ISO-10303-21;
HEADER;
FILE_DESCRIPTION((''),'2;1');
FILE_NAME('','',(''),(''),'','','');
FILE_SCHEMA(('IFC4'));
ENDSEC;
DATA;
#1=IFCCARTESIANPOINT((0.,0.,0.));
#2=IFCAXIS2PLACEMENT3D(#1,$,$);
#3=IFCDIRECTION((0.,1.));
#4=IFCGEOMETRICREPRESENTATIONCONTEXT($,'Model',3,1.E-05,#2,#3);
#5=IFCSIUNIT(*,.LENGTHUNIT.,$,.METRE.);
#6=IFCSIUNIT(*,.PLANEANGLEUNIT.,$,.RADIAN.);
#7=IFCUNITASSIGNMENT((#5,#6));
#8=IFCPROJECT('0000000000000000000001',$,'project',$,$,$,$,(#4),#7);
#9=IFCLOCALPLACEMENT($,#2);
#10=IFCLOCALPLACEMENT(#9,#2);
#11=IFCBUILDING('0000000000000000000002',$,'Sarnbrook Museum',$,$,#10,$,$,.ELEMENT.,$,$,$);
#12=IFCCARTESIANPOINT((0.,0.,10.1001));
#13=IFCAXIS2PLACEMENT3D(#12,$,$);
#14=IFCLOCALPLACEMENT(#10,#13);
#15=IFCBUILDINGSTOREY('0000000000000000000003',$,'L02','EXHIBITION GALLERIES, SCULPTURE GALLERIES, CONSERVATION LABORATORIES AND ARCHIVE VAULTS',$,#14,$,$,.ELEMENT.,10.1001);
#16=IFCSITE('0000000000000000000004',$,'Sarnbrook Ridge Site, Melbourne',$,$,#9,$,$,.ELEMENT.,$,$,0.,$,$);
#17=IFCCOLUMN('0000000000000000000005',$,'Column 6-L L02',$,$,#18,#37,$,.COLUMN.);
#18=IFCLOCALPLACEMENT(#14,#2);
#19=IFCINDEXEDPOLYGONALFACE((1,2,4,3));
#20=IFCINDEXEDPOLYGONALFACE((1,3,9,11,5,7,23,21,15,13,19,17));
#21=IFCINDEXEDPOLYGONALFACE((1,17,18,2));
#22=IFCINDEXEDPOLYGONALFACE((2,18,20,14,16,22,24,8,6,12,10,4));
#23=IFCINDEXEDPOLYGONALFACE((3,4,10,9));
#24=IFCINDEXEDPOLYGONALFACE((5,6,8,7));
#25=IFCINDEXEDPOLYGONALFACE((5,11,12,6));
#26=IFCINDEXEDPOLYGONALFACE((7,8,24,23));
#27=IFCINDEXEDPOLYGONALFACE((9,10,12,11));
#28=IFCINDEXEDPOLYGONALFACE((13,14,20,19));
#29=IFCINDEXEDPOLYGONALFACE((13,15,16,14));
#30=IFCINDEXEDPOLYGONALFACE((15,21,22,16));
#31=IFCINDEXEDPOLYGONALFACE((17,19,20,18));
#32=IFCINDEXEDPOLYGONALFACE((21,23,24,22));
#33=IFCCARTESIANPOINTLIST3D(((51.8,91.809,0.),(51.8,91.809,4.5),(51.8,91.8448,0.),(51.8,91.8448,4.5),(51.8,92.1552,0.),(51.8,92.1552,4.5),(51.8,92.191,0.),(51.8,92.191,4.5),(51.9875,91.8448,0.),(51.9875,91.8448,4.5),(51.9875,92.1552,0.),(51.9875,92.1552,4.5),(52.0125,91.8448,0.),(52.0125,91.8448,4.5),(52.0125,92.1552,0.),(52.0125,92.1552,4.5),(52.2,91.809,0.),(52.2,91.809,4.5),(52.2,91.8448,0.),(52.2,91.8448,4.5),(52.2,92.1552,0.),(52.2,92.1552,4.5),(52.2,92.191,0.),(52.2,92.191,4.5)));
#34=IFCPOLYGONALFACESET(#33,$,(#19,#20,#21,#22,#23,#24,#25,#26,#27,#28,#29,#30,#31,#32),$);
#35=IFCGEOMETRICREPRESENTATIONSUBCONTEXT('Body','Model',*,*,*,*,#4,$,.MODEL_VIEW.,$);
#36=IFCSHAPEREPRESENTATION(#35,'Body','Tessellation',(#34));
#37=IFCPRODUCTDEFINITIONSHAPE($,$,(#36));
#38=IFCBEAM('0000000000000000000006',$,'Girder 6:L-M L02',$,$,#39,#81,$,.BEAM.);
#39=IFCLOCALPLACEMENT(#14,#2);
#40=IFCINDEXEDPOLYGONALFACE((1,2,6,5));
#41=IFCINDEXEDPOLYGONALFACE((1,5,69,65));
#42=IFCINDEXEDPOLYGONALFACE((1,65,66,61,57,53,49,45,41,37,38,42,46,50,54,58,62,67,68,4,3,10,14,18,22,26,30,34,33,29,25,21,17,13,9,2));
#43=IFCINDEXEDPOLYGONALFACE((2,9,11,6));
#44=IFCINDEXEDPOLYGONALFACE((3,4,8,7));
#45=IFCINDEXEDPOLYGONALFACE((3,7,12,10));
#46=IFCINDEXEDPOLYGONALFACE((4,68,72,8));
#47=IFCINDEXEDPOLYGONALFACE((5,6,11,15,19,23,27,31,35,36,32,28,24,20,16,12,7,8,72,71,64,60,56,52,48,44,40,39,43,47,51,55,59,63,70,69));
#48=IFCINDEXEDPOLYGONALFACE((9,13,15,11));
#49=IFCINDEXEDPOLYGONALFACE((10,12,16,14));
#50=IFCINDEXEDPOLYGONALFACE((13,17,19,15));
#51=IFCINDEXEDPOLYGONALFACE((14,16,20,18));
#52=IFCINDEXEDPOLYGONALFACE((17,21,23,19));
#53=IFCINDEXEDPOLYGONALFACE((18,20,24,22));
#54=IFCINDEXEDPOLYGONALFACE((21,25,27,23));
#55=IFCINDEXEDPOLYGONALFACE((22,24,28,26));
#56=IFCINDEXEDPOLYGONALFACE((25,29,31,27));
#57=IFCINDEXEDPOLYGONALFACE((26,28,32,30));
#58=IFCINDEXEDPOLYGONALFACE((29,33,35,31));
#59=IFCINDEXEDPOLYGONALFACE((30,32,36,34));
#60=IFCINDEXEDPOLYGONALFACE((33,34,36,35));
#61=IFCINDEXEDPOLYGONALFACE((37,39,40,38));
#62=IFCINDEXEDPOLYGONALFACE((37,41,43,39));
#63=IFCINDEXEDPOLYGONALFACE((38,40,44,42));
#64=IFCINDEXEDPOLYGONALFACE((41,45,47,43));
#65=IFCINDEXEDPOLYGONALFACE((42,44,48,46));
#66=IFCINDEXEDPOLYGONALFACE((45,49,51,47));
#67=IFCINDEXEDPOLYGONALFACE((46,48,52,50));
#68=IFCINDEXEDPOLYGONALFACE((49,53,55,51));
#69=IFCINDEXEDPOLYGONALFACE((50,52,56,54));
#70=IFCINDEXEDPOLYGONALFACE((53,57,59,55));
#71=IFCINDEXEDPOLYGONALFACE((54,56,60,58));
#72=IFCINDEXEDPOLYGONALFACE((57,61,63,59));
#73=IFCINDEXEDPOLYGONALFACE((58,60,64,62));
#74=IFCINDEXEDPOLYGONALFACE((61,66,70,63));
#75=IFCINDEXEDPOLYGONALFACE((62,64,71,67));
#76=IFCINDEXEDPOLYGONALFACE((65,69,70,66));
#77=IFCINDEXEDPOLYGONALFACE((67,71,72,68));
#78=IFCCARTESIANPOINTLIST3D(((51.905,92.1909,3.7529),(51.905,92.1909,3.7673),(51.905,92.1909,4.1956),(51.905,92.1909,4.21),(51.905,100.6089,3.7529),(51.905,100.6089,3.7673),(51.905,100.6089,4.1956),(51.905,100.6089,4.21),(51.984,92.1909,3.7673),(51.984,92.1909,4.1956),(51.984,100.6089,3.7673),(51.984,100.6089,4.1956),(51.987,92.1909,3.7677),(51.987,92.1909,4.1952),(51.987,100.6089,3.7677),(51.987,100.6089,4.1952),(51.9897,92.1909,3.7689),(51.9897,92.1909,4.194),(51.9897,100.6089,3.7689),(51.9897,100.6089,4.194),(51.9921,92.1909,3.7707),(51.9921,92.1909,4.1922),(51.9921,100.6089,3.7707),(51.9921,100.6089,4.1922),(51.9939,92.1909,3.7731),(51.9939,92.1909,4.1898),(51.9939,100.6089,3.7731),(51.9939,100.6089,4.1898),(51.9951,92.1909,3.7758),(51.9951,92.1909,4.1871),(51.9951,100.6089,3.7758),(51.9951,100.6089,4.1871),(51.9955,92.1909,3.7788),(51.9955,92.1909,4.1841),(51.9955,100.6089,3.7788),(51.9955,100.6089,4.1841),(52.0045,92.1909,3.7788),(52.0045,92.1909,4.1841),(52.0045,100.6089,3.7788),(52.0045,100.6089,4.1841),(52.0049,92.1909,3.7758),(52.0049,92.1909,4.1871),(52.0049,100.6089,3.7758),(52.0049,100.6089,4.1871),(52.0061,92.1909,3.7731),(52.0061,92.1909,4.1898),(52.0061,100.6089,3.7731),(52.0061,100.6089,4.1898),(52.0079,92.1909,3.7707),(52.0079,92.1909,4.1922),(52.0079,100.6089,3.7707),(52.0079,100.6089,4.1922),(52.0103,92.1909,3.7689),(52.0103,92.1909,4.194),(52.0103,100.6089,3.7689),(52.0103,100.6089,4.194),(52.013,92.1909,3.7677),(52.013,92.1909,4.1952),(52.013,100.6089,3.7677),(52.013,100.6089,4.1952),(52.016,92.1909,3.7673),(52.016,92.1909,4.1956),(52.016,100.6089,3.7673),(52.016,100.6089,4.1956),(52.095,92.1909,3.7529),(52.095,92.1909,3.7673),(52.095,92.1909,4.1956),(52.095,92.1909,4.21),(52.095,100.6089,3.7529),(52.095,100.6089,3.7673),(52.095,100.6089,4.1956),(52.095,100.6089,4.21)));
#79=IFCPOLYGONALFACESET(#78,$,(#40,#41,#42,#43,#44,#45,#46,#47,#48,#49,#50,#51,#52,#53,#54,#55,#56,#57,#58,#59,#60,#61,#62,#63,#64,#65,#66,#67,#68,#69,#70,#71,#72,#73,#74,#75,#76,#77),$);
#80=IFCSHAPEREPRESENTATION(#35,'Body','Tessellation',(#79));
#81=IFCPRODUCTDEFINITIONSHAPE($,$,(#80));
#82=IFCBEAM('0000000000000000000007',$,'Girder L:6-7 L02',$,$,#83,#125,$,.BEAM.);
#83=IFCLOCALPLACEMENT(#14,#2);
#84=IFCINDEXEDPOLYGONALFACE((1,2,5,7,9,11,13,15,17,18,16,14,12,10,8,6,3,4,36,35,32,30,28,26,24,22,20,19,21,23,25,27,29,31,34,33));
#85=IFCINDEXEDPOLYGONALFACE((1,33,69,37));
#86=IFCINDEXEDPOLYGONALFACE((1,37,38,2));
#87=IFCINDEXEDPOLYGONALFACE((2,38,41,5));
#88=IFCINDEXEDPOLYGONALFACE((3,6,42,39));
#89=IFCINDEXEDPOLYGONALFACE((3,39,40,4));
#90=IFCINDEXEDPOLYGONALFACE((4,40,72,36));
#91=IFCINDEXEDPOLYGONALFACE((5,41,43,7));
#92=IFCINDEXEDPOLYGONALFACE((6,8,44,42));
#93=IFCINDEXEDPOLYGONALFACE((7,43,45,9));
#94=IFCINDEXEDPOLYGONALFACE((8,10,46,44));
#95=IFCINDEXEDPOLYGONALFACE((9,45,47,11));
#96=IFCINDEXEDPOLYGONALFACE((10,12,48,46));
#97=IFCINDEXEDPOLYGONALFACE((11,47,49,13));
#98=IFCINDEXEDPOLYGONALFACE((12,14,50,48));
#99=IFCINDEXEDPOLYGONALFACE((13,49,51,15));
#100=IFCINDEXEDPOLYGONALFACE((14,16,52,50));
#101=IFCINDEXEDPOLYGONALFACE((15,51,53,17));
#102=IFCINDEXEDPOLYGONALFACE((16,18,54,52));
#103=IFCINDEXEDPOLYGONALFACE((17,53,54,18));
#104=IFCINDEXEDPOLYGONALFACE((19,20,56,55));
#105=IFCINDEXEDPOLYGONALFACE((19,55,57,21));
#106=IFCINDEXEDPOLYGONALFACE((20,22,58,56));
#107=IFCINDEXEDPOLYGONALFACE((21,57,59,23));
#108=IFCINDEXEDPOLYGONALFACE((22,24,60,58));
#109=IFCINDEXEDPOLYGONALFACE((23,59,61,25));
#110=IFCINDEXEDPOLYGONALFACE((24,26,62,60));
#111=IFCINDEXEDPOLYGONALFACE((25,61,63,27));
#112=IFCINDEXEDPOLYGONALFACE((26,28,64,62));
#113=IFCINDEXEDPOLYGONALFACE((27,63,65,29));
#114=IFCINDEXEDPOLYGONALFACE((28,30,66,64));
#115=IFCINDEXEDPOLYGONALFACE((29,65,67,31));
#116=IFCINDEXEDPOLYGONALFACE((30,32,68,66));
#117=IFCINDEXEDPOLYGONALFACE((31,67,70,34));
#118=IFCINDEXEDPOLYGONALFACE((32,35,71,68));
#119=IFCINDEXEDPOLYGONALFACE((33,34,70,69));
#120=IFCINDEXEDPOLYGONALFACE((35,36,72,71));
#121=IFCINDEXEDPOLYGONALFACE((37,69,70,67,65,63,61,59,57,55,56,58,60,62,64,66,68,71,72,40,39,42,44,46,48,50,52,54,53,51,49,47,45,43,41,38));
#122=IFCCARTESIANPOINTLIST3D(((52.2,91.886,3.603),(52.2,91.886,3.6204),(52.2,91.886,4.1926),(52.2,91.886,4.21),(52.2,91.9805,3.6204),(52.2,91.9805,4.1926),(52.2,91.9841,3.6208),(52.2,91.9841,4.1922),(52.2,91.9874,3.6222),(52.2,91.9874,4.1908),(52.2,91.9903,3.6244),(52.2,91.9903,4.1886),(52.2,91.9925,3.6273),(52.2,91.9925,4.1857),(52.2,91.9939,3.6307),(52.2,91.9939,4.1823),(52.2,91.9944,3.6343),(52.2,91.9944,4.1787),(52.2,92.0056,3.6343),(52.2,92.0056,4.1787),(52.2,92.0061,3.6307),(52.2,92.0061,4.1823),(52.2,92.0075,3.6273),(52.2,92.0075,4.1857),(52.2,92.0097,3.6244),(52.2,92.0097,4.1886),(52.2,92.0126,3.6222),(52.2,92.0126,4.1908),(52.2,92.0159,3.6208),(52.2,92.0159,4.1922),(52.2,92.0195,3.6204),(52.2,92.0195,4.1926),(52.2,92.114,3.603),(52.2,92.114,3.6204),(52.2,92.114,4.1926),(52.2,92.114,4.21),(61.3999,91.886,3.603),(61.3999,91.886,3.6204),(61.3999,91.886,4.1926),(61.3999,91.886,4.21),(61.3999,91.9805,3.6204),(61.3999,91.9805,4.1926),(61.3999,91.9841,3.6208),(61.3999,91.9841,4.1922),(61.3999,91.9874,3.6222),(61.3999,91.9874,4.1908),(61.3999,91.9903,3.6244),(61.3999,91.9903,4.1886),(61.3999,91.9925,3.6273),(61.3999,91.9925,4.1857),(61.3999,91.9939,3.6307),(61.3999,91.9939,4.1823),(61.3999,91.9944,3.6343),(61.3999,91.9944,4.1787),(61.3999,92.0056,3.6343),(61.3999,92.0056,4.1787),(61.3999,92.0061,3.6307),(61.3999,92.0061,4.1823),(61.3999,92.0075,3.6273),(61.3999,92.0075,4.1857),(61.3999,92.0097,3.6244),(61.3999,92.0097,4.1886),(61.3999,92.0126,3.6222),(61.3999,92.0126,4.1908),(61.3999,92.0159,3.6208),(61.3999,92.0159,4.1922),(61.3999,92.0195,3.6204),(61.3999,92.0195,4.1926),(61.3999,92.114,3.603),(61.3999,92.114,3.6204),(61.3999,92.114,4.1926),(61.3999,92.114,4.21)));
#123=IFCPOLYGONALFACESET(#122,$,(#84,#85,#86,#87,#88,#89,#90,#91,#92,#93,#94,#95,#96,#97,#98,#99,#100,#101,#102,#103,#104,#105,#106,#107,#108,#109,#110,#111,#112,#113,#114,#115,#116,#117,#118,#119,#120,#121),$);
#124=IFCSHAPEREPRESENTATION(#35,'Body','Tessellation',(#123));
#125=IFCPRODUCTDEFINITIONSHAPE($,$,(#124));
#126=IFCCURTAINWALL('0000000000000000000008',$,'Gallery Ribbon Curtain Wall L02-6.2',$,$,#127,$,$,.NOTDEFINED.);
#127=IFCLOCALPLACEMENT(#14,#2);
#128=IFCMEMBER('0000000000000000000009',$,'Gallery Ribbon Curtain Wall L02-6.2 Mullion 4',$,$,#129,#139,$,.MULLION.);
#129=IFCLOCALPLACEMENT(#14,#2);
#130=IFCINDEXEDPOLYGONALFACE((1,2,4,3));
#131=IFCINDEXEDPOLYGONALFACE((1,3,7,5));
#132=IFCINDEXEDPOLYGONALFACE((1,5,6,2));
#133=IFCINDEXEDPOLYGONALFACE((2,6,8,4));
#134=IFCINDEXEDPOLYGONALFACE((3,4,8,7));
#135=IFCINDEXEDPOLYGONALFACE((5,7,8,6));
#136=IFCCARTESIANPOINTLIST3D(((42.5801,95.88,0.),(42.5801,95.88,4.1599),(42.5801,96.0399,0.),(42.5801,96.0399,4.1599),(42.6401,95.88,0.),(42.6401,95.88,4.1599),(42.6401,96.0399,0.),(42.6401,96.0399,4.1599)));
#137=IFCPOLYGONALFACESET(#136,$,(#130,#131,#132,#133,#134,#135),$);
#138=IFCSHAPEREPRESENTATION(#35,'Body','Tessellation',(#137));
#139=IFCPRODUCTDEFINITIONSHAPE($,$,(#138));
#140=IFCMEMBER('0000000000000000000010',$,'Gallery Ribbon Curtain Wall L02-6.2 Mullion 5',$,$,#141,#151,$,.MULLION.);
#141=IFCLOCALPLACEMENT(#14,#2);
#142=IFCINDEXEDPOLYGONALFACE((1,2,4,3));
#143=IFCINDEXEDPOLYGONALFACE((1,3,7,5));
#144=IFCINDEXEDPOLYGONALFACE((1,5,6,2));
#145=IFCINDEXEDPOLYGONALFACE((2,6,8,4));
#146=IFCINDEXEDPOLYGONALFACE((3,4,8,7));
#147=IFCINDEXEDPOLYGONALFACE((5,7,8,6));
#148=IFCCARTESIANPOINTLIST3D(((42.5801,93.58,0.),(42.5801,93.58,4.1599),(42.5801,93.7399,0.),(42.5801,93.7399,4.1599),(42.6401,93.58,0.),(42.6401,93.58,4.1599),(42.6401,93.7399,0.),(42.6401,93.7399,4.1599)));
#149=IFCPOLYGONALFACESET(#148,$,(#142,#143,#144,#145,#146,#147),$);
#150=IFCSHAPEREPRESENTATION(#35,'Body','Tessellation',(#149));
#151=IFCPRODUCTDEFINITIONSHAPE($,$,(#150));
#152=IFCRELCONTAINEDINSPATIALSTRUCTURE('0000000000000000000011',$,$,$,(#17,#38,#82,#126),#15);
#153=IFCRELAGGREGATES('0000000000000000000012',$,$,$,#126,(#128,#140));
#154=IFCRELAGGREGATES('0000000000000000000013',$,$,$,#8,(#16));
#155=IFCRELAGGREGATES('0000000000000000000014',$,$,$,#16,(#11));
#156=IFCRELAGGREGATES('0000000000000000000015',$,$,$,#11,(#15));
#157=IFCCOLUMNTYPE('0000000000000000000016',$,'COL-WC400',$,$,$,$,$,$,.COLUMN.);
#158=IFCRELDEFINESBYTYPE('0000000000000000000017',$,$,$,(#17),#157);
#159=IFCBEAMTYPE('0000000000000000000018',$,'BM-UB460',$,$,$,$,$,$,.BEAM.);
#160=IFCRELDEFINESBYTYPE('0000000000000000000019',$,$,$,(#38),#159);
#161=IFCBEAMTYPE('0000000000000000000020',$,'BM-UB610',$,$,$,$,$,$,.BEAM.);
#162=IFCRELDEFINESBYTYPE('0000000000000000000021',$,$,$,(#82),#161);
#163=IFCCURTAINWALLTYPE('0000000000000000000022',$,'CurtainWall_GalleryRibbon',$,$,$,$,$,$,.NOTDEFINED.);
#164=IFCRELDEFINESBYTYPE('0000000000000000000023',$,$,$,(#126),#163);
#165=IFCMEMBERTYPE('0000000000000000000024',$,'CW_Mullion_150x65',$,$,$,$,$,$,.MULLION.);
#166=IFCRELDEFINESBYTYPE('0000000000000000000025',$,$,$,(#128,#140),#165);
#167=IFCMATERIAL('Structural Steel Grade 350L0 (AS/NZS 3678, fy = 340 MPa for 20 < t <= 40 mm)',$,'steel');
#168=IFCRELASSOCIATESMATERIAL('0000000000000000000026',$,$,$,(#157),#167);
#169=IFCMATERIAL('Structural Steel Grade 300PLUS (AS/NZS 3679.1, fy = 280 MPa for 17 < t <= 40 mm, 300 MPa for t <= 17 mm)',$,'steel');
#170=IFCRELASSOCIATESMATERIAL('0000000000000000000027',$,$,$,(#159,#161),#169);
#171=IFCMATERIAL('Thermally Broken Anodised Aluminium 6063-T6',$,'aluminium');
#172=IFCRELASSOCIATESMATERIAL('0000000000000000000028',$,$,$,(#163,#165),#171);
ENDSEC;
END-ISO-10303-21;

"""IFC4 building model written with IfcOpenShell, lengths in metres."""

from ifc_helpers import new_model, si_unit, direction, frame, origin, origin_2d, place, context, subcontext, project, spatial, rectangle, i_section, extrude, material, material_profile, profile_set, type_object, element, aggregate, save


model = new_model("IFC4")

# Units and contexts
model_context = context("Model", 3, precision=1e-05, world=origin(), true_north=direction((0.0, 1.0)))
body_context = subcontext(model_context, "Body", "Model", "MODEL_VIEW")
ifc_project = project(units=[si_unit("LENGTHUNIT", "METRE"), si_unit("PLANEANGLEUNIT", "RADIAN")], contexts=[model_context])

# Site, building, storey
site_placement = place(None, origin())
site = spatial("IfcSite", under=ifc_project, at=site_placement, Name="Sarnbrook Ridge Site, Melbourne", CompositionType="ELEMENT", RefElevation=0.0)
building_placement = place(site_placement, origin())
building = spatial("IfcBuilding", under=site, at=building_placement, Name="Sarnbrook Museum", CompositionType="ELEMENT")
storey_placement = place(building_placement, frame((0.0, 0.0, 10.1001)))
storey = spatial("IfcBuildingStorey", under=building, at=storey_placement, Name="L02", Description="EXHIBITION GALLERIES, SCULPTURE GALLERIES, CONSERVATION LABORATORIES AND ARCHIVE VAULTS", CompositionType="ELEMENT", Elevation=10.1001)

# Column
ifc_material_1 = material(Name="Structural Steel Grade 350L0 (AS/NZS 3678, fy = 340 MPa for 20 < t <= 40 mm)", Category="steel")
ifc_material_profile_1 = material_profile(ifc_material_1, i_section(OverallWidth=0.3999, OverallDepth=0.3821, WebThickness=0.0249, FlangeThickness=0.0359, at=origin_2d()), Name="400WC270")
ifc_profile_set_1 = profile_set([ifc_material_profile_1], Name="Structural Steel Grade 350L0 (AS/NZS 3678, fy = 340 MPa for 20 < t <= 40 mm)")
column_type = type_object("IfcColumnType", Name="COL-WC400", PredefinedType="COLUMN", material=ifc_profile_set_1)
column_placement = place(storey_placement, frame((52.0, 92.0, 0.0), z_axis=(0.0, 0.0, 1.0), x_axis=(1.0, 0.0, 0.0)))
element("IfcColumn", 1, at=column_placement, inside=storey, type_object=column_type, Name="Column 6-L L02", PredefinedType="COLUMN", context=body_context, shape_type="SweptSolid", body=[
    extrude(i_section(OverallWidth=0.3999, OverallDepth=0.3821, WebThickness=0.0249, FlangeThickness=0.0359, at=origin_2d()), origin(), (0.0, 0.0, 1.0), 4.5),
])

# Beams
ifc_material_2 = material(Name="Structural Steel Grade 300PLUS (AS/NZS 3679.1, fy = 280 MPa for 17 < t <= 40 mm, 300 MPa for t <= 17 mm)", Category="steel")
ifc_material_profile_2 = material_profile(ifc_material_2, i_section(OverallWidth=0.1899, OverallDepth=0.457, WebThickness=0.009, FlangeThickness=0.0144, FilletRadius=0.0115, at=origin_2d()), Name="460UB74.6")
ifc_profile_set_2 = profile_set([ifc_material_profile_2], Name="Structural Steel Grade 300PLUS (AS/NZS 3679.1, fy = 280 MPa for 17 < t <= 40 mm, 300 MPa for t <= 17 mm)")
beam_type_1 = type_object("IfcBeamType", Name="BM-UB460", PredefinedType="BEAM", material=ifc_profile_set_2)
beam_1_placement = place(storey_placement, frame((52.0, 92.1909, 3.9814), z_axis=(0.0, 1.0, 0.0), x_axis=(-1.0, 0.0, 0.0)))
element("IfcBeam", 2, at=beam_1_placement, inside=storey, type_object=beam_type_1, Name="Girder 6:L-M L02", PredefinedType="BEAM", context=body_context, shape_type="SweptSolid", body=[
    extrude(i_section(OverallWidth=0.1899, OverallDepth=0.457, WebThickness=0.009, FlangeThickness=0.0144, FilletRadius=0.0115, at=origin_2d()), origin(), (0.0, 0.0, 1.0), 8.418),
])
ifc_material_profile_3 = material_profile(ifc_material_2, i_section(OverallWidth=0.228, OverallDepth=0.6069, WebThickness=0.0112, FlangeThickness=0.0173, FilletRadius=0.0139, at=origin_2d()), Name="610UB113")
ifc_profile_set_3 = profile_set([ifc_material_profile_3], Name="Structural Steel Grade 300PLUS (AS/NZS 3679.1, fy = 280 MPa for 17 < t <= 40 mm, 300 MPa for t <= 17 mm)")
beam_type_2 = type_object("IfcBeamType", Name="BM-UB610", PredefinedType="BEAM", material=ifc_profile_set_3)
beam_2_placement = place(storey_placement, frame((52.2, 92.0, 3.9065), z_axis=(1.0, 0.0, 0.0), x_axis=(0.0, 1.0, 0.0)))
element("IfcBeam", 3, at=beam_2_placement, inside=storey, type_object=beam_type_2, Name="Girder L:6-7 L02", PredefinedType="BEAM", context=body_context, shape_type="SweptSolid", body=[
    extrude(i_section(OverallWidth=0.228, OverallDepth=0.6069, WebThickness=0.0112, FlangeThickness=0.0173, FilletRadius=0.0139, at=origin_2d()), origin(), (0.0, 0.0, 1.0), 9.2),
])

# Curtain wall, members
ifc_material_3 = material(Name="Thermally Broken Anodised Aluminium 6063-T6", Category="aluminium")
curtain_wall_type = type_object("IfcCurtainWallType", Name="CurtainWall_GalleryRibbon", PredefinedType="NOTDEFINED", material=ifc_material_3)
curtain_wall_placement = place(storey_placement, origin())
curtain_wall = element("IfcCurtainWall", 4, at=curtain_wall_placement, inside=storey, type_object=curtain_wall_type, Name="Gallery Ribbon Curtain Wall L02-6.2", PredefinedType="NOTDEFINED")
ifc_material_profile_4 = material_profile(ifc_material_3, rectangle(XDim=0.0601, YDim=0.1599, at=origin_2d()), Name="ALU MULLION 60x160")
ifc_profile_set_4 = profile_set([ifc_material_profile_4], Name="Thermally Broken Anodised Aluminium 6063-T6")
member_type = type_object("IfcMemberType", Name="CW_Mullion_150x65", PredefinedType="MULLION", material=ifc_profile_set_4)
member_1_placement = place(storey_placement, frame((42.6101, 95.96, 0.0), z_axis=(0.0, 0.0, 1.0), x_axis=(1.0, 0.0, 0.0)))
member_1 = element("IfcMember", 5, at=member_1_placement, type_object=member_type, Name="Gallery Ribbon Curtain Wall L02-6.2 Mullion 4", PredefinedType="MULLION", context=body_context, shape_type="SweptSolid", body=[
    extrude(rectangle(XDim=0.0601, YDim=0.1599, at=origin_2d()), origin(), (0.0, 0.0, 1.0), 4.1599),
])
member_2_placement = place(storey_placement, frame((42.6101, 93.6599, 0.0), z_axis=(0.0, 0.0, 1.0), x_axis=(1.0, 0.0, 0.0)))
member_2 = element("IfcMember", 6, at=member_2_placement, type_object=member_type, Name="Gallery Ribbon Curtain Wall L02-6.2 Mullion 5", PredefinedType="MULLION", context=body_context, shape_type="SweptSolid", body=[
    extrude(rectangle(XDim=0.0601, YDim=0.1599, at=origin_2d()), origin(), (0.0, 0.0, 1.0), 4.1599),
])

aggregate(curtain_wall, [member_1, member_2])

save(model, "model.ifc")
